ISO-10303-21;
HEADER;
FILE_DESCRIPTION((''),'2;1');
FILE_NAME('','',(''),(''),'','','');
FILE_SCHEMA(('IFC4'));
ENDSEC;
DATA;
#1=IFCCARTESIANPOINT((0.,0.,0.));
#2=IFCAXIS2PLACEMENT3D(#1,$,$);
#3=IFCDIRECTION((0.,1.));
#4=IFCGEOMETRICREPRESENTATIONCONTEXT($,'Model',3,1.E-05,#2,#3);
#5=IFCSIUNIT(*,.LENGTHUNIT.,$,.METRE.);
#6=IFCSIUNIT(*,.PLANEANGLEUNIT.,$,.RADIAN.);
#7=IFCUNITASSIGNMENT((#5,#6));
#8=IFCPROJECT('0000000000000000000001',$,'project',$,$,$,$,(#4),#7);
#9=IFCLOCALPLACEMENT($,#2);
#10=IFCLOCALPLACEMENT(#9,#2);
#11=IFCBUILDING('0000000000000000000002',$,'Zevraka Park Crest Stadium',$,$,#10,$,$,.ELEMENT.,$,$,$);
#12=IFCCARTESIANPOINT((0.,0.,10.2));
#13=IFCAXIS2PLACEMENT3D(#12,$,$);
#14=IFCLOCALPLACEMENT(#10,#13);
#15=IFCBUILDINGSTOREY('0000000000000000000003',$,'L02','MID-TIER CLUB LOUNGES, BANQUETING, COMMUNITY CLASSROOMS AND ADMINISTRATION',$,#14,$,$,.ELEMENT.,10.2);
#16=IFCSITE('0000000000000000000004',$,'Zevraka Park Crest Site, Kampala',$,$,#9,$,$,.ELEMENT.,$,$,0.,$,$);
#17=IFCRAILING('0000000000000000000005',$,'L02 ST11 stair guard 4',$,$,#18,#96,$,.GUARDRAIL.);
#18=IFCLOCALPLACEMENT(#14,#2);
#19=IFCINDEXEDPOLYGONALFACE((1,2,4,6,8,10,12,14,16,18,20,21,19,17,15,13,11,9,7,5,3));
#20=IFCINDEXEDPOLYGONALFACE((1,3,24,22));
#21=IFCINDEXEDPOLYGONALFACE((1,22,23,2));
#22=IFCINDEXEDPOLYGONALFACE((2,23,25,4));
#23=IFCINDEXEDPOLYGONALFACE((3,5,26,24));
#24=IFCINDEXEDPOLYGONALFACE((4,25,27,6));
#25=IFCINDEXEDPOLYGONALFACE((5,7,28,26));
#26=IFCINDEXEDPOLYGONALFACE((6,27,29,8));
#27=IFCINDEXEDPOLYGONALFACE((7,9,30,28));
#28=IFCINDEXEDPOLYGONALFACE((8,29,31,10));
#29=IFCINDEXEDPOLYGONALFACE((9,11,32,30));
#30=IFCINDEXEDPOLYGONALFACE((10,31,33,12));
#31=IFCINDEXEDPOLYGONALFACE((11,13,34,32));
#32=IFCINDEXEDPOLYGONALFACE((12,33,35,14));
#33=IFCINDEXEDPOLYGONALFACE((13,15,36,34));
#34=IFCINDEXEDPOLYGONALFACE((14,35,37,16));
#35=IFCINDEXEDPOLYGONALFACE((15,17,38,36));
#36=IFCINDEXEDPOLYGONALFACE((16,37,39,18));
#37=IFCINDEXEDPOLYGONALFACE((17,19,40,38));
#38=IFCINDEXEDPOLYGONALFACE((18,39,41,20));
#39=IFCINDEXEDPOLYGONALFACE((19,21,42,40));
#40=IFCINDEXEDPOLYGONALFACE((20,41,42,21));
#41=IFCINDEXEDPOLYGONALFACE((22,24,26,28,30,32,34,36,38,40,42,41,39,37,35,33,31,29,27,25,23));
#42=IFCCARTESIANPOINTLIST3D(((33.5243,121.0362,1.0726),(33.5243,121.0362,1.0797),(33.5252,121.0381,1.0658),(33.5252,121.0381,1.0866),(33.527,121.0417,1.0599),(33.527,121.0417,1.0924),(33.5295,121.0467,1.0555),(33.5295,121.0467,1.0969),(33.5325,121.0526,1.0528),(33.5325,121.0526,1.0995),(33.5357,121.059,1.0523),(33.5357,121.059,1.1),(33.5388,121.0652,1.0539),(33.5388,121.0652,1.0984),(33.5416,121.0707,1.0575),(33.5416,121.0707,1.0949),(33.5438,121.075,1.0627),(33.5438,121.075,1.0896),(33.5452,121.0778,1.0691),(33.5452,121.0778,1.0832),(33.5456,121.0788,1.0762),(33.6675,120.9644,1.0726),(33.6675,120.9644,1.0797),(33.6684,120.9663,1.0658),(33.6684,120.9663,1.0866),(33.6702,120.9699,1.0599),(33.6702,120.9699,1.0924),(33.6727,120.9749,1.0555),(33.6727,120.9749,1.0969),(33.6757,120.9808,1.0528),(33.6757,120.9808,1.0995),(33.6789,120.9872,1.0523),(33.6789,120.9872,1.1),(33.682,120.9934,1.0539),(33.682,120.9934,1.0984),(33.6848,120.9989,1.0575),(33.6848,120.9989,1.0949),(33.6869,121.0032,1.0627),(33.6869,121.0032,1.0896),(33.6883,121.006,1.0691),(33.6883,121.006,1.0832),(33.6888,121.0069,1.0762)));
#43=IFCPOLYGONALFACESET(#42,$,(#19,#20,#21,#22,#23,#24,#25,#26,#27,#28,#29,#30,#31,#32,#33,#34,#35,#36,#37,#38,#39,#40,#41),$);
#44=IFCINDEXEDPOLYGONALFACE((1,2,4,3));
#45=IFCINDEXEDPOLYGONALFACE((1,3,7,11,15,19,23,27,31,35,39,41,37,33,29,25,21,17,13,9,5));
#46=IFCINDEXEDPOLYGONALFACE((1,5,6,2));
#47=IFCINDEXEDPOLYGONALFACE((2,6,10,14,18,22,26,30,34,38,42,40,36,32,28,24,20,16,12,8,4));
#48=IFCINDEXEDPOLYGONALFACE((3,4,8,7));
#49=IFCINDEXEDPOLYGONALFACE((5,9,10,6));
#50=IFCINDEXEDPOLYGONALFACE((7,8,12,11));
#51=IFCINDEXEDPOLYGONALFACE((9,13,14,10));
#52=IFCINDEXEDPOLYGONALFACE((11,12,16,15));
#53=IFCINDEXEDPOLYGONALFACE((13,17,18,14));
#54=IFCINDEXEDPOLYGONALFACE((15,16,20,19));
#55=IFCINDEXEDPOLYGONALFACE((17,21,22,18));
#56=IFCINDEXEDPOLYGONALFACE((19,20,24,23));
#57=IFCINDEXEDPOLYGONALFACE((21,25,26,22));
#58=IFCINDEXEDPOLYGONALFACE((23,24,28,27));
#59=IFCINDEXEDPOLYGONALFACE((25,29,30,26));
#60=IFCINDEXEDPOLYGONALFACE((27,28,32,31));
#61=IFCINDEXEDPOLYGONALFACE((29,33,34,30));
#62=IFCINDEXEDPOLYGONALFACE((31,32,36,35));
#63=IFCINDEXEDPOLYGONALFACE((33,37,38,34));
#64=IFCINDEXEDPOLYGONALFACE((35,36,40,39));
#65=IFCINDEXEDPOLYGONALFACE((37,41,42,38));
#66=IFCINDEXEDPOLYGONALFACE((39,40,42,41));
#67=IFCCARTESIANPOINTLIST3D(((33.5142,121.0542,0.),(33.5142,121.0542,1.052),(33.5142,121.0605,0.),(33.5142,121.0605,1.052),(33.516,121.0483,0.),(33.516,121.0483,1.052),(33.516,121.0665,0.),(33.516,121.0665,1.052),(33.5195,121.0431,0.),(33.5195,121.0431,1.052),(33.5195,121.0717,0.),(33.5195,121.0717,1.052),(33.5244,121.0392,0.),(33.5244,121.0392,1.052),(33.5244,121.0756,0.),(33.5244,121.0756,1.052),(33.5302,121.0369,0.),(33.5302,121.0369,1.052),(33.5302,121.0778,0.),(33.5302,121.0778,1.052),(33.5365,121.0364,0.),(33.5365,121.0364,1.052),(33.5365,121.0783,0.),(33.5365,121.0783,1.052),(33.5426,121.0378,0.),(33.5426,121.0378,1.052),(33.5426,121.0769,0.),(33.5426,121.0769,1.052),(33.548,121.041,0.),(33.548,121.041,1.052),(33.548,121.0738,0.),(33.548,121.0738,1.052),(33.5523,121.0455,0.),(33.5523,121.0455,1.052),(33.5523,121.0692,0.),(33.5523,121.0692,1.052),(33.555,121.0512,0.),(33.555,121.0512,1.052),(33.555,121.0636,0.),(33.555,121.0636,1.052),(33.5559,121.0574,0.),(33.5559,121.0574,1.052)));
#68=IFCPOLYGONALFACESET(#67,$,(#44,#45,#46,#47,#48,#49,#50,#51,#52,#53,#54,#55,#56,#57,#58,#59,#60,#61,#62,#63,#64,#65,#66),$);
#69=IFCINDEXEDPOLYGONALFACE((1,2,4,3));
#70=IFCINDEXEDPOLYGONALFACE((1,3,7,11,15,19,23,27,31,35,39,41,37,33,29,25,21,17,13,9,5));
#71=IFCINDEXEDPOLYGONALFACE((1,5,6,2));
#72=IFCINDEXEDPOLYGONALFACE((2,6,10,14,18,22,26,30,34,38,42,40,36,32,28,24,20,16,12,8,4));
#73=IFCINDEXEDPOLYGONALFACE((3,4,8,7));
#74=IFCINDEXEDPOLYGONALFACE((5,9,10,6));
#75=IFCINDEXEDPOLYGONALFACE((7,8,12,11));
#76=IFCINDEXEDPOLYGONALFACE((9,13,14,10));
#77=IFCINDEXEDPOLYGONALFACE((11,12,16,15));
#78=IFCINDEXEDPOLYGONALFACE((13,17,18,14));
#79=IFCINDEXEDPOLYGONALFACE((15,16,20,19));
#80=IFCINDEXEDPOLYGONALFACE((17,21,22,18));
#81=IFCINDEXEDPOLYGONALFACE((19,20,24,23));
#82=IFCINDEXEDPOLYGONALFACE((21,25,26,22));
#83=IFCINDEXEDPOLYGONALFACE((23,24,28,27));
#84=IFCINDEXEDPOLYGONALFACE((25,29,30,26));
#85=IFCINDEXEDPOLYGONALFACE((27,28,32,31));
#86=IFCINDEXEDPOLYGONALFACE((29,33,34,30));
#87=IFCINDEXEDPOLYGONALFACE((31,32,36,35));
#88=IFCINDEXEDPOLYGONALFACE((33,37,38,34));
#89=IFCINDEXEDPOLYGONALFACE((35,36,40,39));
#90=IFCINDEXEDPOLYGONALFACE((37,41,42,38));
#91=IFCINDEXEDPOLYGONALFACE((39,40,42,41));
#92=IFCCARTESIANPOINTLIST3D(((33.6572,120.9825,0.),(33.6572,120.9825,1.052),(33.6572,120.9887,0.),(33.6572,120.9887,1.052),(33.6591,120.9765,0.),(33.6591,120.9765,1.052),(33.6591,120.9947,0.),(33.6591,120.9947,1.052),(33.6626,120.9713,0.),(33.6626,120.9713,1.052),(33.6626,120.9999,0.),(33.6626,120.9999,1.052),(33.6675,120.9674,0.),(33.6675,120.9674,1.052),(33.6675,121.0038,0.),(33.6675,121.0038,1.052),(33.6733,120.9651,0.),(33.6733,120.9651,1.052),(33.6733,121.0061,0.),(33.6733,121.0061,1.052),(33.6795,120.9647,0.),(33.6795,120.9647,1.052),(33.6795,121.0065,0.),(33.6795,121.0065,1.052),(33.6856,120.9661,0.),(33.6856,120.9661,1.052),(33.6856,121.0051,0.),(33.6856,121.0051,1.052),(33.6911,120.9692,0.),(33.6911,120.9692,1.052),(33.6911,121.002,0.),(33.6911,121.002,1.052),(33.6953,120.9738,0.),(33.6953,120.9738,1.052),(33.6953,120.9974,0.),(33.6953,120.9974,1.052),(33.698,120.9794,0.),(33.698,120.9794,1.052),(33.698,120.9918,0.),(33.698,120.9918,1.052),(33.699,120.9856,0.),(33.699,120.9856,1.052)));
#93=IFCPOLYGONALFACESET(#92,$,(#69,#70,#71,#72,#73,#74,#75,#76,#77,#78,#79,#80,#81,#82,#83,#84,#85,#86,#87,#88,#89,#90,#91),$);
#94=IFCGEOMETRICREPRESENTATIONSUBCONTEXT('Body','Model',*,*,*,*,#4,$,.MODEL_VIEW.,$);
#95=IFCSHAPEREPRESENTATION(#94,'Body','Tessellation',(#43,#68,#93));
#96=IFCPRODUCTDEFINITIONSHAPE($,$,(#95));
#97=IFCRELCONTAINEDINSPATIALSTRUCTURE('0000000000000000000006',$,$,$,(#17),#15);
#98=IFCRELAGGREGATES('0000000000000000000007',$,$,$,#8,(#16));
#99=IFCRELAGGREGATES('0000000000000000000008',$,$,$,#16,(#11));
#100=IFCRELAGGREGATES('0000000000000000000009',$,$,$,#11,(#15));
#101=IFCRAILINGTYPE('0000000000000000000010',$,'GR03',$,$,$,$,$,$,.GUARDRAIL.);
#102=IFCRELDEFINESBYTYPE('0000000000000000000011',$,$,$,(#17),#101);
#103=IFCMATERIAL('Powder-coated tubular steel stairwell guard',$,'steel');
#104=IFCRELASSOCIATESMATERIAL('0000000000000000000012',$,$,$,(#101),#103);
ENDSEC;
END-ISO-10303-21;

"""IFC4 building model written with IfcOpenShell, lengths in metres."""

from ifc_helpers import new_model, si_unit, direction, frame, origin, origin_2d, place, context, subcontext, project, spatial, circle, extrude, material, type_object, element, save


model = new_model("IFC4")

# Units and contexts
model_context = context("Model", 3, precision=1e-05, world=origin(), true_north=direction((0.0, 1.0)))
body_context = subcontext(model_context, "Body", "Model", "MODEL_VIEW")
ifc_project = project(units=[si_unit("LENGTHUNIT", "METRE"), si_unit("PLANEANGLEUNIT", "RADIAN")], contexts=[model_context])

# Site, building, storey
site_placement = place(None, origin())
site = spatial("IfcSite", under=ifc_project, at=site_placement, Name="Zevraka Park Crest Site, Kampala", CompositionType="ELEMENT", RefElevation=0.0)
building_placement = place(site_placement, origin())
building = spatial("IfcBuilding", under=site, at=building_placement, Name="Zevraka Park Crest Stadium", CompositionType="ELEMENT")
storey_placement = place(building_placement, frame((0.0, 0.0, 10.2)))
storey = spatial("IfcBuildingStorey", under=building, at=storey_placement, Name="L02", Description="MID-TIER CLUB LOUNGES, BANQUETING, COMMUNITY CLASSROOMS AND ADMINISTRATION", CompositionType="ELEMENT", Elevation=10.2)

# Railing
ifc_material_1 = material(Name="Powder-coated tubular steel stairwell guard", Category="steel")
railing_type_1 = type_object("IfcRailingType", Name="GR03", PredefinedType="GUARDRAIL", material=ifc_material_1)
railing_1_placement = place(storey_placement, frame((33.5349, 121.0574, 0.0)))
element("IfcRailing", 1, at=railing_1_placement, inside=storey, type_object=railing_type_1, Name="L02 ST11 stair guard 4", PredefinedType="GUARDRAIL", context=body_context, shape_type="SweptSolid", body=[
    extrude(circle(Radius=0.0239, at=origin_2d()), frame((0.0, 0.0, 1.0762), z_axis=(0.893816, -0.448433, 0.0), x_axis=(0.448433, 0.893816, 0.0)), (0.0, 0.0, 1.0), 0.1602),
    extrude(circle(Radius=0.021, at=origin_2d()), origin(), (0.0, 0.0, 1.0), 1.052),
    extrude(circle(Radius=0.021, at=origin_2d()), frame((0.1431, -0.0718, 0.0)), (0.0, 0.0, 1.0), 1.052),
])

save(model, "model.ifc")
